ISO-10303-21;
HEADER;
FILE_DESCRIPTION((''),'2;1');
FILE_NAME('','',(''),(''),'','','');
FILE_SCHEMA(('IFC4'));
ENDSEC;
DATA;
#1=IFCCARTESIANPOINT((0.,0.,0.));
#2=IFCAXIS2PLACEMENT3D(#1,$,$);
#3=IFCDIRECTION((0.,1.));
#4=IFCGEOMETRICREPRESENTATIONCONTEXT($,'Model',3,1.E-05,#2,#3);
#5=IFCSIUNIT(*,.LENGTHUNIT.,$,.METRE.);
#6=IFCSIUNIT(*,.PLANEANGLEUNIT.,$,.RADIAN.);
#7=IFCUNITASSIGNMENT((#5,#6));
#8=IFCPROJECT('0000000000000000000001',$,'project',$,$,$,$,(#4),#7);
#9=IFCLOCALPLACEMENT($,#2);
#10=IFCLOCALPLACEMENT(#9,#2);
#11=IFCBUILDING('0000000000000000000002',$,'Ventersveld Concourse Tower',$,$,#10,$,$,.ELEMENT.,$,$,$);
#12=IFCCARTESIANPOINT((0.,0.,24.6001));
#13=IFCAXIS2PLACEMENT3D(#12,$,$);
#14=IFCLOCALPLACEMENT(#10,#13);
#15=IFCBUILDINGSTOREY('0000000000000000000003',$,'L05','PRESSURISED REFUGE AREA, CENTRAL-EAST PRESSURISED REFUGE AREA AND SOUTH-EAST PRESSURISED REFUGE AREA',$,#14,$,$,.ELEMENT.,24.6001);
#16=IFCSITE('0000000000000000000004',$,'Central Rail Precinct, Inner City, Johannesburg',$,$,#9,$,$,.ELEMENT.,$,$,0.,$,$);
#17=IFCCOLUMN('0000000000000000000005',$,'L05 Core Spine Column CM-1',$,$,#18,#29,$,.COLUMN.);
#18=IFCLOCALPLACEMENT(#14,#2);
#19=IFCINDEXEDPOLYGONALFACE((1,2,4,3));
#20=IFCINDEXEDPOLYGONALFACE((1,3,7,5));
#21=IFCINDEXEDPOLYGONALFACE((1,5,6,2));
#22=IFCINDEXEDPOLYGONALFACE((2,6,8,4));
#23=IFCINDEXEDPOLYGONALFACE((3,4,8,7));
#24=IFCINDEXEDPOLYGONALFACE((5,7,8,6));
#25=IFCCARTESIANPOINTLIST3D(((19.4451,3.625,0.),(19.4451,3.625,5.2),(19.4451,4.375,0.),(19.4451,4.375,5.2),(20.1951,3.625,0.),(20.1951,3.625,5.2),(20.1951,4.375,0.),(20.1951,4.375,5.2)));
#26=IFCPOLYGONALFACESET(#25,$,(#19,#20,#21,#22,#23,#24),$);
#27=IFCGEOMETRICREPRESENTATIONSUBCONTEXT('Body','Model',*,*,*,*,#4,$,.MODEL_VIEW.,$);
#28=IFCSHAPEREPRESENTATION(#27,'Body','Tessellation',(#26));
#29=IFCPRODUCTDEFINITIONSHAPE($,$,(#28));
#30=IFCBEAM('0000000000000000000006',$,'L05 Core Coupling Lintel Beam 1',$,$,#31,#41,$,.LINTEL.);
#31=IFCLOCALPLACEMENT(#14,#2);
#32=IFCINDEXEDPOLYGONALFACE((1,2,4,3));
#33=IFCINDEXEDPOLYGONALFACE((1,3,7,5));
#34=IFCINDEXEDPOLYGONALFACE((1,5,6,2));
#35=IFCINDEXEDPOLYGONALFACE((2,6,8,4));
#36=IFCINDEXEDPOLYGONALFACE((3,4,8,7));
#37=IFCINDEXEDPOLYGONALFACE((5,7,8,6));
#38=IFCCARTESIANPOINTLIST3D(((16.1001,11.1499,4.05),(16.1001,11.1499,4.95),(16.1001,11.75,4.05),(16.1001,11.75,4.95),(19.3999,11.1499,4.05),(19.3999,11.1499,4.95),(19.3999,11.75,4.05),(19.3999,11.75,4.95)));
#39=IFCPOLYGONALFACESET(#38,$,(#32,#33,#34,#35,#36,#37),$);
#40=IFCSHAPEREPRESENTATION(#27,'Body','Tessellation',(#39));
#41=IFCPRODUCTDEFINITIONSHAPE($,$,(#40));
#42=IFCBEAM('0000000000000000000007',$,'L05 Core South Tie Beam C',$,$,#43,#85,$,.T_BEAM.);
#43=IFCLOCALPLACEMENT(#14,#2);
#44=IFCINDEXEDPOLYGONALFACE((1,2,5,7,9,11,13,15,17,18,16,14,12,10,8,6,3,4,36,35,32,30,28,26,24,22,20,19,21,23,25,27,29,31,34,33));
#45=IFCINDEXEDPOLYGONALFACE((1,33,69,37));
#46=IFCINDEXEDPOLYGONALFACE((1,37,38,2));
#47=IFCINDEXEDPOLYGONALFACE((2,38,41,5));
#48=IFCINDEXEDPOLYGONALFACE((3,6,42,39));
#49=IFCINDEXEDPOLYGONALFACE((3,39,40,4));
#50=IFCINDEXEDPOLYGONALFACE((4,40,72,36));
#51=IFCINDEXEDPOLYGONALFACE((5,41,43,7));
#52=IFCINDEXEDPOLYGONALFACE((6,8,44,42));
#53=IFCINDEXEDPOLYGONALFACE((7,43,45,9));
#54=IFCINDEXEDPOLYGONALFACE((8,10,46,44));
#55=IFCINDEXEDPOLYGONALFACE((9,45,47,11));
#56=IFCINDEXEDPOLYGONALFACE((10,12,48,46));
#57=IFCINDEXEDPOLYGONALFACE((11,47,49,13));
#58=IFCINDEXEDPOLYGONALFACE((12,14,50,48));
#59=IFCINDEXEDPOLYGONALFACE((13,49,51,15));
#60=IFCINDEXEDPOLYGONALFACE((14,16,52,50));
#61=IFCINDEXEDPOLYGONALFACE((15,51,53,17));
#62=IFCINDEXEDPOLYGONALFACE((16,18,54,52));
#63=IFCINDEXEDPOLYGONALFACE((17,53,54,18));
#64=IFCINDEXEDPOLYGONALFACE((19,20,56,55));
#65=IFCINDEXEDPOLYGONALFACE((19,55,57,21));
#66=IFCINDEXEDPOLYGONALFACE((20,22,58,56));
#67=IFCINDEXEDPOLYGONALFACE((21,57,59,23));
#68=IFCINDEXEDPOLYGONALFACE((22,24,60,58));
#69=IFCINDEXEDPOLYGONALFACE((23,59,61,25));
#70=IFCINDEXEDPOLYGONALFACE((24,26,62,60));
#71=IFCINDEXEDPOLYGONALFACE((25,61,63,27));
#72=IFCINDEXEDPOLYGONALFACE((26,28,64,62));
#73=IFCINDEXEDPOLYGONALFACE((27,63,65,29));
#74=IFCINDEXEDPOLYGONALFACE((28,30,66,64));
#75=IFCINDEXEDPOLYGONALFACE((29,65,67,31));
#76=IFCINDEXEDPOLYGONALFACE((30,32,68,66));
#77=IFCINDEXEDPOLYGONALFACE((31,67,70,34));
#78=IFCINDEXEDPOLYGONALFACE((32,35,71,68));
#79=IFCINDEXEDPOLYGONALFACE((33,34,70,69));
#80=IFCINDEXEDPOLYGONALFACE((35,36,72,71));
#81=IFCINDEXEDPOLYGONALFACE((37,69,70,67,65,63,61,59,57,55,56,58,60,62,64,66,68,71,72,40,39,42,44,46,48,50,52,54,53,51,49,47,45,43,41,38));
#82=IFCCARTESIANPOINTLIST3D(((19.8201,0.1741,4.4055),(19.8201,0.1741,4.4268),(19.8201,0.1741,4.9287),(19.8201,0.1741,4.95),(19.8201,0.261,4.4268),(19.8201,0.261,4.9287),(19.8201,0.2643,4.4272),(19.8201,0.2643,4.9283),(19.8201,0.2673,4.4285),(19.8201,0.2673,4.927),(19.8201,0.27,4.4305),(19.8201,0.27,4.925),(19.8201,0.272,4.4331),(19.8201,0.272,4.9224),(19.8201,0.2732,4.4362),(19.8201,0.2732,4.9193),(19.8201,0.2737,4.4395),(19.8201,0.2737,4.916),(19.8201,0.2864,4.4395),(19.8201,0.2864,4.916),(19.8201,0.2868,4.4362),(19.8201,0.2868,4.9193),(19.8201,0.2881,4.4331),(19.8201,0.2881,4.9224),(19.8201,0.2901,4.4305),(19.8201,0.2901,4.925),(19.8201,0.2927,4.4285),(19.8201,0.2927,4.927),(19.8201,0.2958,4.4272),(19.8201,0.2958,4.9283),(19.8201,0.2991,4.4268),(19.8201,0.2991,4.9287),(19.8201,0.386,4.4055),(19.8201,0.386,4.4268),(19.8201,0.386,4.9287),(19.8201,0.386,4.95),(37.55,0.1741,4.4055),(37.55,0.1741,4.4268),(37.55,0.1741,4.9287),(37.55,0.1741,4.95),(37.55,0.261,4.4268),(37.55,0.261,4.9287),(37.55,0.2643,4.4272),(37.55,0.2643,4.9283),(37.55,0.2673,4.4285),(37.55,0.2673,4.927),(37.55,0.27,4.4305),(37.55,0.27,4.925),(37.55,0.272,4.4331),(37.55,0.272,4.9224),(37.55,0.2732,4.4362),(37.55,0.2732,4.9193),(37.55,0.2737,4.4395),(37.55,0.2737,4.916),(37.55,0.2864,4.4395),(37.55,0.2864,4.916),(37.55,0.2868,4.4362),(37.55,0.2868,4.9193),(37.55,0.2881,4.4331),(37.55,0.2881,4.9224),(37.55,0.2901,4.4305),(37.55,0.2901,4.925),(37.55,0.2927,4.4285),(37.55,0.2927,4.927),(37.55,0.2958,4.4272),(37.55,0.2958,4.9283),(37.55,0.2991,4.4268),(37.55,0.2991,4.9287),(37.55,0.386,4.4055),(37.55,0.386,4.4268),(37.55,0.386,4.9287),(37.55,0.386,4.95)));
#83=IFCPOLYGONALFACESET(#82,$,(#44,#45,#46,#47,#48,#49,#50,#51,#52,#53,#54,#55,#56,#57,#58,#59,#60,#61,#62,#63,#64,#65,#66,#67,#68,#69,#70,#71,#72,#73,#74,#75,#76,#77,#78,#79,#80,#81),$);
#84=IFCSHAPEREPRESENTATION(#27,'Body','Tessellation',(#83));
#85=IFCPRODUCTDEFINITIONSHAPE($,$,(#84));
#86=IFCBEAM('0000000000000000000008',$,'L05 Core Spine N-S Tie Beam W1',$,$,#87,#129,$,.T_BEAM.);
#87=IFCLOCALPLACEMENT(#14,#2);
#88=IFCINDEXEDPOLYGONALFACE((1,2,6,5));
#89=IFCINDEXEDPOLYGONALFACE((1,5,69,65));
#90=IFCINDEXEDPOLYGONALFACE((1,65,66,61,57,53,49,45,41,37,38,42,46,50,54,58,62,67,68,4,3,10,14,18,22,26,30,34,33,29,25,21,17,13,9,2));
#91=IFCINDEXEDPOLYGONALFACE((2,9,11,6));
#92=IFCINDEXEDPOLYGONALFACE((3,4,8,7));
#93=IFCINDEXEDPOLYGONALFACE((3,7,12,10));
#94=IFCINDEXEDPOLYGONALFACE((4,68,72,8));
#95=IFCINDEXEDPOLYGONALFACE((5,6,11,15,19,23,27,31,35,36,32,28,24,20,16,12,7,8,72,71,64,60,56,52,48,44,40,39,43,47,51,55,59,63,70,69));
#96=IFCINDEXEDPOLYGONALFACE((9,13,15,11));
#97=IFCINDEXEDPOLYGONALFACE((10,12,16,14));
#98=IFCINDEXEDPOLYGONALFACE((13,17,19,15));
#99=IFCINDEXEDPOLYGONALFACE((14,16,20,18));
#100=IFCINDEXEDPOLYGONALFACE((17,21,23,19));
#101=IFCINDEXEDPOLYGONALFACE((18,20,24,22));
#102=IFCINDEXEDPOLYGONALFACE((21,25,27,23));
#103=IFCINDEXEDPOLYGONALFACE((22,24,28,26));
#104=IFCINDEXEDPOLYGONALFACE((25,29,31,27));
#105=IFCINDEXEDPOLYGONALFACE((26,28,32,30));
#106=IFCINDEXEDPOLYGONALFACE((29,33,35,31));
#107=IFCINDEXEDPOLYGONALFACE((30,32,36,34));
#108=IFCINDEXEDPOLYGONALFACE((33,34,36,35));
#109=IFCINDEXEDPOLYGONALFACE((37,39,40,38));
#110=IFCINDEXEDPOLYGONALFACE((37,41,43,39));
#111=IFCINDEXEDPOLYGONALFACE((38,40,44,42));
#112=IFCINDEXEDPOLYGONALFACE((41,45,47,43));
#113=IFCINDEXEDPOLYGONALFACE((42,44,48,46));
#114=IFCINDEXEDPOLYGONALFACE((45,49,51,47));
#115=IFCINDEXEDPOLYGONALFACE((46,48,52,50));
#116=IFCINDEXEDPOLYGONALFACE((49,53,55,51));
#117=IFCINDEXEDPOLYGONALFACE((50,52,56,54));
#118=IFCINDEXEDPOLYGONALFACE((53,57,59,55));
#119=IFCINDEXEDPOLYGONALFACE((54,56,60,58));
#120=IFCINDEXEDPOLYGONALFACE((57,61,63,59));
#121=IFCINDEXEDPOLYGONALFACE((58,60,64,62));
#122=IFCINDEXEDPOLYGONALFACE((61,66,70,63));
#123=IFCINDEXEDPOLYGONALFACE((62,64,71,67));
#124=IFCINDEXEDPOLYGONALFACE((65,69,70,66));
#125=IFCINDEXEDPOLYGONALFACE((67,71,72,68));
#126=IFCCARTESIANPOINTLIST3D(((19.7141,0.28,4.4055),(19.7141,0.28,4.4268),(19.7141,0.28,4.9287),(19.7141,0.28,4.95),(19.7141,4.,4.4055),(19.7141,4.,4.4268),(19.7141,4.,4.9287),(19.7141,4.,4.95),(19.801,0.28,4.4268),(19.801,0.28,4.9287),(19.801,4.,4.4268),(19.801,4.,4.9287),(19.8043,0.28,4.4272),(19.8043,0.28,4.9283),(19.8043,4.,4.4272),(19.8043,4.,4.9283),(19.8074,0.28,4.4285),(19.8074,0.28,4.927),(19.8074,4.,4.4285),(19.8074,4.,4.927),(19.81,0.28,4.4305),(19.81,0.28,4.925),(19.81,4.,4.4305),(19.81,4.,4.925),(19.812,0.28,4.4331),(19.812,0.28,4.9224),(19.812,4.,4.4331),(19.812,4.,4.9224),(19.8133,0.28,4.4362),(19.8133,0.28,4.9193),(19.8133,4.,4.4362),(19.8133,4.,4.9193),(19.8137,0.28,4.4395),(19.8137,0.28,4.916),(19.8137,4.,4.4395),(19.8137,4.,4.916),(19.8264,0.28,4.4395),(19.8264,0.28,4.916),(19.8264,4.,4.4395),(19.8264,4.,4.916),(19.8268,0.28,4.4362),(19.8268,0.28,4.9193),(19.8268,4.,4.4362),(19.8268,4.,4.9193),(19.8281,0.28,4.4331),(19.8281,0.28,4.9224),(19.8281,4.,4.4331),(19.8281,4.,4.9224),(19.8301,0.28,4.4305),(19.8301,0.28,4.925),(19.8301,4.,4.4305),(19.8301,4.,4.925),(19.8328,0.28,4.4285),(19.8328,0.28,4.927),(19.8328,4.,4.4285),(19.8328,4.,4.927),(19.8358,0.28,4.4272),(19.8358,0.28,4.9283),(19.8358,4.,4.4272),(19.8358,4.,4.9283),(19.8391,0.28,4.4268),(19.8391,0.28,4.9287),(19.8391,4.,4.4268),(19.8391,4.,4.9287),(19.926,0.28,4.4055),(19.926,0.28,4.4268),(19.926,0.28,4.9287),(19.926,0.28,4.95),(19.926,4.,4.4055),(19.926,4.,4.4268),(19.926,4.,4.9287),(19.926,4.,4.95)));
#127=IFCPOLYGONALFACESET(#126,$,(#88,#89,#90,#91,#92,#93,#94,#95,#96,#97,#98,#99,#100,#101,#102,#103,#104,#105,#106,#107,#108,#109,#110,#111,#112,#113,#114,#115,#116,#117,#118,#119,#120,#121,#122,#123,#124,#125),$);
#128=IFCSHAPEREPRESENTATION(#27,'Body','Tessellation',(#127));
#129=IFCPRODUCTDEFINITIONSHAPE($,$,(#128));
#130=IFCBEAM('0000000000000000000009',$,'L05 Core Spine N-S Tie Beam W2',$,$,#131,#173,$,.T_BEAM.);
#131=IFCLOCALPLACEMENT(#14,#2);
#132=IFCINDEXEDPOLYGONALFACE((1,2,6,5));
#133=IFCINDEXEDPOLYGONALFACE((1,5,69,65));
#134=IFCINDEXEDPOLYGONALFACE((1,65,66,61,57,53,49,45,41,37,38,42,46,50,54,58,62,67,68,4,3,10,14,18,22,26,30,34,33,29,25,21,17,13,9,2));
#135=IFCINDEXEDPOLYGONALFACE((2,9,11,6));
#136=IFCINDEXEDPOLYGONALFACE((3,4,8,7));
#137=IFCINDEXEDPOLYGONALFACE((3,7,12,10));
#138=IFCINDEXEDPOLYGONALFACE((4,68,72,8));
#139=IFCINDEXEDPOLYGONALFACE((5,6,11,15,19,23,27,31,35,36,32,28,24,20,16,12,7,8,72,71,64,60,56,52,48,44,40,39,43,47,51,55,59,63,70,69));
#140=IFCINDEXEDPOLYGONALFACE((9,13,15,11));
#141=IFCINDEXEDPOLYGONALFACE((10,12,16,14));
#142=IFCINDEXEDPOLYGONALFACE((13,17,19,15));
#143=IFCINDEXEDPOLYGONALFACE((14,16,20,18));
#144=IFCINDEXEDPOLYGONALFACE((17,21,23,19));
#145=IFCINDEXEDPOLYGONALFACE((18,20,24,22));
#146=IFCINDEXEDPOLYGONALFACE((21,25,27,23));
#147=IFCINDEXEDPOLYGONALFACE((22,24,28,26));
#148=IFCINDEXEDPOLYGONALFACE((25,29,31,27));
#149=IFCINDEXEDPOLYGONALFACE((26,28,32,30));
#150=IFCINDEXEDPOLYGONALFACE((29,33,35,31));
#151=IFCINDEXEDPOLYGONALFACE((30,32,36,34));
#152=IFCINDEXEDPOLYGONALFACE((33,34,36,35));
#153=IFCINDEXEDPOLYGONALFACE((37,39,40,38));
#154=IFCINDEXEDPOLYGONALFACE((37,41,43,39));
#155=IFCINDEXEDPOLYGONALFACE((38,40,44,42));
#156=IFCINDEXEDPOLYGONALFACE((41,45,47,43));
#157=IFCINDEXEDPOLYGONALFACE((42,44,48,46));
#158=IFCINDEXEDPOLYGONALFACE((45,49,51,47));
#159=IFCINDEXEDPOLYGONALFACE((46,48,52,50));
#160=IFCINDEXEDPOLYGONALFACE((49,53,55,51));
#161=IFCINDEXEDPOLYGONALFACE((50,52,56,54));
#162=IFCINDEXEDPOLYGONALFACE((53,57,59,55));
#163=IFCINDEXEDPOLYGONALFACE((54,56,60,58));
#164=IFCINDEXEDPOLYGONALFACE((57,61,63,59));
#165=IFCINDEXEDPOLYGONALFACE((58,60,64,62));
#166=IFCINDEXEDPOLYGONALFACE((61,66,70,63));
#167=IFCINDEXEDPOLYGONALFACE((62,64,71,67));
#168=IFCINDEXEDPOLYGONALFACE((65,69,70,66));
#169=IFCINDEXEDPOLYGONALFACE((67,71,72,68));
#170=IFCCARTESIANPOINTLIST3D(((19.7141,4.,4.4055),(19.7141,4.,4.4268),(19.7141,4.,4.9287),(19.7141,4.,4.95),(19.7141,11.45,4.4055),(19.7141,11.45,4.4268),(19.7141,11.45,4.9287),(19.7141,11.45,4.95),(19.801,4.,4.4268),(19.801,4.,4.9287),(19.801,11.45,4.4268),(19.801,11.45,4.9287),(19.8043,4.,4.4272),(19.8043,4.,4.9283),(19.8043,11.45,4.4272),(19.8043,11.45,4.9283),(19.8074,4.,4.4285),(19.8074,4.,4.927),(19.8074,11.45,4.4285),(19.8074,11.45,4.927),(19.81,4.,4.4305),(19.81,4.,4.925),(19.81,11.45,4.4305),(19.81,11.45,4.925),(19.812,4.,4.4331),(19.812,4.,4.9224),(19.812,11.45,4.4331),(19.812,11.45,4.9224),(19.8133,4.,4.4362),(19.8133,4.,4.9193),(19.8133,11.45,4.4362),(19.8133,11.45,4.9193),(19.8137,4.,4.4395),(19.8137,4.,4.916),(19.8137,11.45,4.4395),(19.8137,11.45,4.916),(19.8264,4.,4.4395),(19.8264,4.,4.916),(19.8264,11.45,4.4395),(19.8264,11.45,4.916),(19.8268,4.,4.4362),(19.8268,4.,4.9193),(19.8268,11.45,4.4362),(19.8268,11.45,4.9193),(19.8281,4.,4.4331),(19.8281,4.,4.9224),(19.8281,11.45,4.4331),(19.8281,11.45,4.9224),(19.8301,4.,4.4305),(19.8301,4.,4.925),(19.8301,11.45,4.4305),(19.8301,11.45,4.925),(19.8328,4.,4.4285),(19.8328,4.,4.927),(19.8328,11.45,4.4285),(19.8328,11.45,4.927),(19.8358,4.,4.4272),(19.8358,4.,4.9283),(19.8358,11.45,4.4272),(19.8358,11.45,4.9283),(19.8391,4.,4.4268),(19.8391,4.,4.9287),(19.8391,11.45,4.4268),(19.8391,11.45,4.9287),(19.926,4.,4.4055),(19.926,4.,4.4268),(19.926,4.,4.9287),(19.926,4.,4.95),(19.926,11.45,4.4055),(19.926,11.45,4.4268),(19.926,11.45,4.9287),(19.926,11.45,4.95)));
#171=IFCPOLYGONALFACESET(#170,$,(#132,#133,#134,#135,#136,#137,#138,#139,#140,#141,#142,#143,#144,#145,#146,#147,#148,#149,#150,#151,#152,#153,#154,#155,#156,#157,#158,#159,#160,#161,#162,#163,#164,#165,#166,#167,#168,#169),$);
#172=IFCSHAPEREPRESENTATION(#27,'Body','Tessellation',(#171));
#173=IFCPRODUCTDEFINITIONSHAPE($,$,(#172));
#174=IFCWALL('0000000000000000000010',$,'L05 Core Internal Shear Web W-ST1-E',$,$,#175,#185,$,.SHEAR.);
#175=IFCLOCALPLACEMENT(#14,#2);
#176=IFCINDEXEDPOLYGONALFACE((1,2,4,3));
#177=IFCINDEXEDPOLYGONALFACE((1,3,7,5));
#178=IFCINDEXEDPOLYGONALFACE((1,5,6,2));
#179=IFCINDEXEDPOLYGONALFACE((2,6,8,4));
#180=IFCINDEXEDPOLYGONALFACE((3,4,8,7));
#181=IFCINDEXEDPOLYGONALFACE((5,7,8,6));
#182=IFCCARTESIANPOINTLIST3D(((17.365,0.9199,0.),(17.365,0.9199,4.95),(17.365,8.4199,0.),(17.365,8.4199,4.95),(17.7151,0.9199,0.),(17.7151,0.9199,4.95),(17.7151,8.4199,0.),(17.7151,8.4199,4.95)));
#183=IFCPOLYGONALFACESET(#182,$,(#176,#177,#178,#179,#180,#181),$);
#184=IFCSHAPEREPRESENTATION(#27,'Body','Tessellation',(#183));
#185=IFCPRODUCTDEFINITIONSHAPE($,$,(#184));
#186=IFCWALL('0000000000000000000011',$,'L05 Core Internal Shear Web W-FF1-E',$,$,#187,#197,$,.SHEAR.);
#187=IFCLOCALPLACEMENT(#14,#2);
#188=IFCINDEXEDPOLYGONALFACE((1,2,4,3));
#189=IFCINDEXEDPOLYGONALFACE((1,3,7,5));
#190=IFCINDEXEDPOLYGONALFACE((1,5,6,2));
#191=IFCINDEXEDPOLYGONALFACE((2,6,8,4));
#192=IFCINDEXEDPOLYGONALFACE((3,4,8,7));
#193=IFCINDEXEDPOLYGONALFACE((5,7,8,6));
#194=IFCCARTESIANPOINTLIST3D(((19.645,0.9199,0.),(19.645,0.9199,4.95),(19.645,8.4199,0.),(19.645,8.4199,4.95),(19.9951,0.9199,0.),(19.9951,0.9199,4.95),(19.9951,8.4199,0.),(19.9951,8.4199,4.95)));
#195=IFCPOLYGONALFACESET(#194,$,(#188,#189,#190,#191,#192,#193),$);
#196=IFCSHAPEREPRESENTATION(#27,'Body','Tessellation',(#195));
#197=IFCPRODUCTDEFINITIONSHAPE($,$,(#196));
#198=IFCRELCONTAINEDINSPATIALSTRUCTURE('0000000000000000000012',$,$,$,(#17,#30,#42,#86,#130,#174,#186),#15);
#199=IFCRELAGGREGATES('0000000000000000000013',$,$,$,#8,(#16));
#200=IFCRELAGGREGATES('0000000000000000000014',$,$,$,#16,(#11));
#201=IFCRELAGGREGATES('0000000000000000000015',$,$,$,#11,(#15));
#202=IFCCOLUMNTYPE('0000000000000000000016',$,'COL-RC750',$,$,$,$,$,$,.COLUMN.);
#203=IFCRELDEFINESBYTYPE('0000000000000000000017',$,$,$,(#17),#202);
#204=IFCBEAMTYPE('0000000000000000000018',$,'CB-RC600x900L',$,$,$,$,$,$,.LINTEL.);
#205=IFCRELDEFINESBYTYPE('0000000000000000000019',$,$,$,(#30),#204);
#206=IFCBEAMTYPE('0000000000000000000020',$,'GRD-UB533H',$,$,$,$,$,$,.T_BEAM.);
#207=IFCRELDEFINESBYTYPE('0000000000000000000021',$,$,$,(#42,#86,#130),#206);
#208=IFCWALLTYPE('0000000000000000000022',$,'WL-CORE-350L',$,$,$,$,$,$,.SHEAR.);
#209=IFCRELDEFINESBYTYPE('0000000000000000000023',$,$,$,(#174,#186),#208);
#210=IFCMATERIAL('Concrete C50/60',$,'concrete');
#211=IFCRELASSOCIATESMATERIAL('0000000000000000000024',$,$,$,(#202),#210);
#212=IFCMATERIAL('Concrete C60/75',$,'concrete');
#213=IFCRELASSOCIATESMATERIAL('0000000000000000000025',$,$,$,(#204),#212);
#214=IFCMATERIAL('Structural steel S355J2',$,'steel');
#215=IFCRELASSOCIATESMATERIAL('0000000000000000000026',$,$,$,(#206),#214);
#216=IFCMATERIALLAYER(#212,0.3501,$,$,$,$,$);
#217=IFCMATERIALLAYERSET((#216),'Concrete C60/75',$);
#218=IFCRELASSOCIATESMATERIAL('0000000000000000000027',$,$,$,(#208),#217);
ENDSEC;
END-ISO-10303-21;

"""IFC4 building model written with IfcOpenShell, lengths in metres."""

from ifc_helpers import new_model, si_unit, direction, frame, frame_2d, origin, origin_2d, place, context, subcontext, project, spatial, rectangle, i_section, extrude, material, layer, layer_set, material_profile, profile_set, type_object, element, save


model = new_model("IFC4")

# Units and contexts
model_context = context("Model", 3, precision=1e-05, world=origin(), true_north=direction((0.0, 1.0)))
body_context = subcontext(model_context, "Body", "Model", "MODEL_VIEW")
ifc_project = project(units=[si_unit("LENGTHUNIT", "METRE"), si_unit("PLANEANGLEUNIT", "RADIAN")], contexts=[model_context])

# Site, building, storey
site_placement = place(None, origin())
site = spatial("IfcSite", under=ifc_project, at=site_placement, Name="Central Rail Precinct, Inner City, Johannesburg", CompositionType="ELEMENT", RefElevation=0.0)
building_placement = place(site_placement, origin())
building = spatial("IfcBuilding", under=site, at=building_placement, Name="Ventersveld Concourse Tower", CompositionType="ELEMENT")
storey_placement = place(building_placement, frame((0.0, 0.0, 24.6001)))
storey = spatial("IfcBuildingStorey", under=building, at=storey_placement, Name="L05", Description="PRESSURISED REFUGE AREA, CENTRAL-EAST PRESSURISED REFUGE AREA AND SOUTH-EAST PRESSURISED REFUGE AREA", CompositionType="ELEMENT", Elevation=24.6001)

# Column
ifc_material_1 = material(Name="Concrete C50/60", Category="concrete")
ifc_material_profile_1 = material_profile(ifc_material_1, rectangle(XDim=0.75, YDim=0.75, at=origin_2d()), Name="RC 750x750")
ifc_profile_set_1 = profile_set([ifc_material_profile_1], Name="Concrete C50/60")
column_type = type_object("IfcColumnType", Name="COL-RC750", PredefinedType="COLUMN", material=ifc_profile_set_1)
column_placement = place(storey_placement, frame((19.8201, 4.0, 0.0), z_axis=(0.0, 0.0, 1.0), x_axis=(1.0, 0.0, 0.0)))
element("IfcColumn", 1, at=column_placement, inside=storey, type_object=column_type, Name="L05 Core Spine Column CM-1", PredefinedType="COLUMN", context=body_context, shape_type="SweptSolid", body=[
    extrude(rectangle(XDim=0.75, YDim=0.75, at=origin_2d()), origin(), (0.0, 0.0, 1.0), 5.2),
])

# Beams
ifc_material_2 = material(Name="Concrete C60/75", Category="concrete")
ifc_material_profile_2 = material_profile(ifc_material_2, rectangle(XDim=0.6001, YDim=0.8999, at=origin_2d()), Name="RC 600x900")
ifc_profile_set_2 = profile_set([ifc_material_profile_2], Name="Concrete C60/75")
beam_type_1 = type_object("IfcBeamType", Name="CB-RC600x900L", PredefinedType="LINTEL", material=ifc_profile_set_2)
beam_1_placement = place(storey_placement, frame((16.1001, 11.45, 4.5), z_axis=(1.0, 0.0, 0.0), x_axis=(0.0, 1.0, 0.0)))
element("IfcBeam", 2, at=beam_1_placement, inside=storey, type_object=beam_type_1, Name="L05 Core Coupling Lintel Beam 1", PredefinedType="LINTEL", context=body_context, shape_type="SweptSolid", body=[
    extrude(rectangle(XDim=0.6001, YDim=0.8999, at=origin_2d()), origin(), (0.0, 0.0, 1.0), 3.2998),
])
ifc_material_3 = material(Name="Structural steel S355J2", Category="steel")
ifc_material_profile_3 = material_profile(ifc_material_3, i_section(OverallWidth=0.2119, OverallDepth=0.5444, WebThickness=0.0127, FlangeThickness=0.0212, FilletRadius=0.0127, at=origin_2d()), Name="UB 533x210x122")
ifc_profile_set_3 = profile_set([ifc_material_profile_3], Name="Structural steel S355J2")
beam_type_2 = type_object("IfcBeamType", Name="GRD-UB533H", PredefinedType="T_BEAM", material=ifc_profile_set_3)
beam_2_placement = place(storey_placement, frame((19.8201, 0.28, 4.6777), z_axis=(1.0, 0.0, 0.0), x_axis=(0.0, 1.0, 0.0)))
element("IfcBeam", 3, at=beam_2_placement, inside=storey, type_object=beam_type_2, Name="L05 Core South Tie Beam C", PredefinedType="T_BEAM", context=body_context, shape_type="SweptSolid", body=[
    extrude(i_section(OverallWidth=0.2119, OverallDepth=0.5444, WebThickness=0.0127, FlangeThickness=0.0212, FilletRadius=0.0127, at=origin_2d()), origin(), (0.0, 0.0, 1.0), 17.73),
])
beam_3_placement = place(storey_placement, frame((19.8201, 0.28, 4.6777), z_axis=(0.0, 1.0, 0.0), x_axis=(-1.0, 0.0, 0.0)))
element("IfcBeam", 4, at=beam_3_placement, inside=storey, type_object=beam_type_2, Name="L05 Core Spine N-S Tie Beam W1", PredefinedType="T_BEAM", context=body_context, shape_type="SweptSolid", body=[
    extrude(i_section(OverallWidth=0.2119, OverallDepth=0.5444, WebThickness=0.0127, FlangeThickness=0.0212, FilletRadius=0.0127, at=origin_2d()), origin(), (0.0, 0.0, 1.0), 3.72),
])
beam_4_placement = place(storey_placement, frame((19.8201, 4.0, 4.6777), z_axis=(0.0, 1.0, 0.0), x_axis=(-1.0, 0.0, 0.0)))
element("IfcBeam", 5, at=beam_4_placement, inside=storey, type_object=beam_type_2, Name="L05 Core Spine N-S Tie Beam W2", PredefinedType="T_BEAM", context=body_context, shape_type="SweptSolid", body=[
    extrude(i_section(OverallWidth=0.2119, OverallDepth=0.5444, WebThickness=0.0127, FlangeThickness=0.0212, FilletRadius=0.0127, at=origin_2d()), origin(), (0.0, 0.0, 1.0), 7.45),
])

# Walls
ifc_layer_1 = layer(ifc_material_2, 0.3501)
ifc_layer_set_1 = layer_set([ifc_layer_1], Name="Concrete C60/75")
wall_type_1 = type_object("IfcWallType", Name="WL-CORE-350L", PredefinedType="SHEAR", material=ifc_layer_set_1)
for number, where, z_axis, x_axis, name in (
    (6, (17.54, 0.9199, 0.0), (0.0, 0.0, 1.0), (0.0, 1.0, 0.0), "L05 Core Internal Shear Web W-ST1-E"),
    (7, (19.8201, 0.9199, 0.0), (0.0, 0.0, 1.0), (0.0, 1.0, 0.0), "L05 Core Internal Shear Web W-FF1-E"),
):
    element("IfcWall", number, at=place(storey_placement, frame(where, z_axis=z_axis, x_axis=x_axis)), inside=storey, type_object=wall_type_1, Name=name, PredefinedType="SHEAR", context=body_context, shape_type="SweptSolid", body=[
        extrude(rectangle(XDim=7.5, YDim=0.3501, at=frame_2d((3.75, 0.0))), origin(), (0.0, 0.0, 1.0), 4.95),
    ])

save(model, "model.ifc")
